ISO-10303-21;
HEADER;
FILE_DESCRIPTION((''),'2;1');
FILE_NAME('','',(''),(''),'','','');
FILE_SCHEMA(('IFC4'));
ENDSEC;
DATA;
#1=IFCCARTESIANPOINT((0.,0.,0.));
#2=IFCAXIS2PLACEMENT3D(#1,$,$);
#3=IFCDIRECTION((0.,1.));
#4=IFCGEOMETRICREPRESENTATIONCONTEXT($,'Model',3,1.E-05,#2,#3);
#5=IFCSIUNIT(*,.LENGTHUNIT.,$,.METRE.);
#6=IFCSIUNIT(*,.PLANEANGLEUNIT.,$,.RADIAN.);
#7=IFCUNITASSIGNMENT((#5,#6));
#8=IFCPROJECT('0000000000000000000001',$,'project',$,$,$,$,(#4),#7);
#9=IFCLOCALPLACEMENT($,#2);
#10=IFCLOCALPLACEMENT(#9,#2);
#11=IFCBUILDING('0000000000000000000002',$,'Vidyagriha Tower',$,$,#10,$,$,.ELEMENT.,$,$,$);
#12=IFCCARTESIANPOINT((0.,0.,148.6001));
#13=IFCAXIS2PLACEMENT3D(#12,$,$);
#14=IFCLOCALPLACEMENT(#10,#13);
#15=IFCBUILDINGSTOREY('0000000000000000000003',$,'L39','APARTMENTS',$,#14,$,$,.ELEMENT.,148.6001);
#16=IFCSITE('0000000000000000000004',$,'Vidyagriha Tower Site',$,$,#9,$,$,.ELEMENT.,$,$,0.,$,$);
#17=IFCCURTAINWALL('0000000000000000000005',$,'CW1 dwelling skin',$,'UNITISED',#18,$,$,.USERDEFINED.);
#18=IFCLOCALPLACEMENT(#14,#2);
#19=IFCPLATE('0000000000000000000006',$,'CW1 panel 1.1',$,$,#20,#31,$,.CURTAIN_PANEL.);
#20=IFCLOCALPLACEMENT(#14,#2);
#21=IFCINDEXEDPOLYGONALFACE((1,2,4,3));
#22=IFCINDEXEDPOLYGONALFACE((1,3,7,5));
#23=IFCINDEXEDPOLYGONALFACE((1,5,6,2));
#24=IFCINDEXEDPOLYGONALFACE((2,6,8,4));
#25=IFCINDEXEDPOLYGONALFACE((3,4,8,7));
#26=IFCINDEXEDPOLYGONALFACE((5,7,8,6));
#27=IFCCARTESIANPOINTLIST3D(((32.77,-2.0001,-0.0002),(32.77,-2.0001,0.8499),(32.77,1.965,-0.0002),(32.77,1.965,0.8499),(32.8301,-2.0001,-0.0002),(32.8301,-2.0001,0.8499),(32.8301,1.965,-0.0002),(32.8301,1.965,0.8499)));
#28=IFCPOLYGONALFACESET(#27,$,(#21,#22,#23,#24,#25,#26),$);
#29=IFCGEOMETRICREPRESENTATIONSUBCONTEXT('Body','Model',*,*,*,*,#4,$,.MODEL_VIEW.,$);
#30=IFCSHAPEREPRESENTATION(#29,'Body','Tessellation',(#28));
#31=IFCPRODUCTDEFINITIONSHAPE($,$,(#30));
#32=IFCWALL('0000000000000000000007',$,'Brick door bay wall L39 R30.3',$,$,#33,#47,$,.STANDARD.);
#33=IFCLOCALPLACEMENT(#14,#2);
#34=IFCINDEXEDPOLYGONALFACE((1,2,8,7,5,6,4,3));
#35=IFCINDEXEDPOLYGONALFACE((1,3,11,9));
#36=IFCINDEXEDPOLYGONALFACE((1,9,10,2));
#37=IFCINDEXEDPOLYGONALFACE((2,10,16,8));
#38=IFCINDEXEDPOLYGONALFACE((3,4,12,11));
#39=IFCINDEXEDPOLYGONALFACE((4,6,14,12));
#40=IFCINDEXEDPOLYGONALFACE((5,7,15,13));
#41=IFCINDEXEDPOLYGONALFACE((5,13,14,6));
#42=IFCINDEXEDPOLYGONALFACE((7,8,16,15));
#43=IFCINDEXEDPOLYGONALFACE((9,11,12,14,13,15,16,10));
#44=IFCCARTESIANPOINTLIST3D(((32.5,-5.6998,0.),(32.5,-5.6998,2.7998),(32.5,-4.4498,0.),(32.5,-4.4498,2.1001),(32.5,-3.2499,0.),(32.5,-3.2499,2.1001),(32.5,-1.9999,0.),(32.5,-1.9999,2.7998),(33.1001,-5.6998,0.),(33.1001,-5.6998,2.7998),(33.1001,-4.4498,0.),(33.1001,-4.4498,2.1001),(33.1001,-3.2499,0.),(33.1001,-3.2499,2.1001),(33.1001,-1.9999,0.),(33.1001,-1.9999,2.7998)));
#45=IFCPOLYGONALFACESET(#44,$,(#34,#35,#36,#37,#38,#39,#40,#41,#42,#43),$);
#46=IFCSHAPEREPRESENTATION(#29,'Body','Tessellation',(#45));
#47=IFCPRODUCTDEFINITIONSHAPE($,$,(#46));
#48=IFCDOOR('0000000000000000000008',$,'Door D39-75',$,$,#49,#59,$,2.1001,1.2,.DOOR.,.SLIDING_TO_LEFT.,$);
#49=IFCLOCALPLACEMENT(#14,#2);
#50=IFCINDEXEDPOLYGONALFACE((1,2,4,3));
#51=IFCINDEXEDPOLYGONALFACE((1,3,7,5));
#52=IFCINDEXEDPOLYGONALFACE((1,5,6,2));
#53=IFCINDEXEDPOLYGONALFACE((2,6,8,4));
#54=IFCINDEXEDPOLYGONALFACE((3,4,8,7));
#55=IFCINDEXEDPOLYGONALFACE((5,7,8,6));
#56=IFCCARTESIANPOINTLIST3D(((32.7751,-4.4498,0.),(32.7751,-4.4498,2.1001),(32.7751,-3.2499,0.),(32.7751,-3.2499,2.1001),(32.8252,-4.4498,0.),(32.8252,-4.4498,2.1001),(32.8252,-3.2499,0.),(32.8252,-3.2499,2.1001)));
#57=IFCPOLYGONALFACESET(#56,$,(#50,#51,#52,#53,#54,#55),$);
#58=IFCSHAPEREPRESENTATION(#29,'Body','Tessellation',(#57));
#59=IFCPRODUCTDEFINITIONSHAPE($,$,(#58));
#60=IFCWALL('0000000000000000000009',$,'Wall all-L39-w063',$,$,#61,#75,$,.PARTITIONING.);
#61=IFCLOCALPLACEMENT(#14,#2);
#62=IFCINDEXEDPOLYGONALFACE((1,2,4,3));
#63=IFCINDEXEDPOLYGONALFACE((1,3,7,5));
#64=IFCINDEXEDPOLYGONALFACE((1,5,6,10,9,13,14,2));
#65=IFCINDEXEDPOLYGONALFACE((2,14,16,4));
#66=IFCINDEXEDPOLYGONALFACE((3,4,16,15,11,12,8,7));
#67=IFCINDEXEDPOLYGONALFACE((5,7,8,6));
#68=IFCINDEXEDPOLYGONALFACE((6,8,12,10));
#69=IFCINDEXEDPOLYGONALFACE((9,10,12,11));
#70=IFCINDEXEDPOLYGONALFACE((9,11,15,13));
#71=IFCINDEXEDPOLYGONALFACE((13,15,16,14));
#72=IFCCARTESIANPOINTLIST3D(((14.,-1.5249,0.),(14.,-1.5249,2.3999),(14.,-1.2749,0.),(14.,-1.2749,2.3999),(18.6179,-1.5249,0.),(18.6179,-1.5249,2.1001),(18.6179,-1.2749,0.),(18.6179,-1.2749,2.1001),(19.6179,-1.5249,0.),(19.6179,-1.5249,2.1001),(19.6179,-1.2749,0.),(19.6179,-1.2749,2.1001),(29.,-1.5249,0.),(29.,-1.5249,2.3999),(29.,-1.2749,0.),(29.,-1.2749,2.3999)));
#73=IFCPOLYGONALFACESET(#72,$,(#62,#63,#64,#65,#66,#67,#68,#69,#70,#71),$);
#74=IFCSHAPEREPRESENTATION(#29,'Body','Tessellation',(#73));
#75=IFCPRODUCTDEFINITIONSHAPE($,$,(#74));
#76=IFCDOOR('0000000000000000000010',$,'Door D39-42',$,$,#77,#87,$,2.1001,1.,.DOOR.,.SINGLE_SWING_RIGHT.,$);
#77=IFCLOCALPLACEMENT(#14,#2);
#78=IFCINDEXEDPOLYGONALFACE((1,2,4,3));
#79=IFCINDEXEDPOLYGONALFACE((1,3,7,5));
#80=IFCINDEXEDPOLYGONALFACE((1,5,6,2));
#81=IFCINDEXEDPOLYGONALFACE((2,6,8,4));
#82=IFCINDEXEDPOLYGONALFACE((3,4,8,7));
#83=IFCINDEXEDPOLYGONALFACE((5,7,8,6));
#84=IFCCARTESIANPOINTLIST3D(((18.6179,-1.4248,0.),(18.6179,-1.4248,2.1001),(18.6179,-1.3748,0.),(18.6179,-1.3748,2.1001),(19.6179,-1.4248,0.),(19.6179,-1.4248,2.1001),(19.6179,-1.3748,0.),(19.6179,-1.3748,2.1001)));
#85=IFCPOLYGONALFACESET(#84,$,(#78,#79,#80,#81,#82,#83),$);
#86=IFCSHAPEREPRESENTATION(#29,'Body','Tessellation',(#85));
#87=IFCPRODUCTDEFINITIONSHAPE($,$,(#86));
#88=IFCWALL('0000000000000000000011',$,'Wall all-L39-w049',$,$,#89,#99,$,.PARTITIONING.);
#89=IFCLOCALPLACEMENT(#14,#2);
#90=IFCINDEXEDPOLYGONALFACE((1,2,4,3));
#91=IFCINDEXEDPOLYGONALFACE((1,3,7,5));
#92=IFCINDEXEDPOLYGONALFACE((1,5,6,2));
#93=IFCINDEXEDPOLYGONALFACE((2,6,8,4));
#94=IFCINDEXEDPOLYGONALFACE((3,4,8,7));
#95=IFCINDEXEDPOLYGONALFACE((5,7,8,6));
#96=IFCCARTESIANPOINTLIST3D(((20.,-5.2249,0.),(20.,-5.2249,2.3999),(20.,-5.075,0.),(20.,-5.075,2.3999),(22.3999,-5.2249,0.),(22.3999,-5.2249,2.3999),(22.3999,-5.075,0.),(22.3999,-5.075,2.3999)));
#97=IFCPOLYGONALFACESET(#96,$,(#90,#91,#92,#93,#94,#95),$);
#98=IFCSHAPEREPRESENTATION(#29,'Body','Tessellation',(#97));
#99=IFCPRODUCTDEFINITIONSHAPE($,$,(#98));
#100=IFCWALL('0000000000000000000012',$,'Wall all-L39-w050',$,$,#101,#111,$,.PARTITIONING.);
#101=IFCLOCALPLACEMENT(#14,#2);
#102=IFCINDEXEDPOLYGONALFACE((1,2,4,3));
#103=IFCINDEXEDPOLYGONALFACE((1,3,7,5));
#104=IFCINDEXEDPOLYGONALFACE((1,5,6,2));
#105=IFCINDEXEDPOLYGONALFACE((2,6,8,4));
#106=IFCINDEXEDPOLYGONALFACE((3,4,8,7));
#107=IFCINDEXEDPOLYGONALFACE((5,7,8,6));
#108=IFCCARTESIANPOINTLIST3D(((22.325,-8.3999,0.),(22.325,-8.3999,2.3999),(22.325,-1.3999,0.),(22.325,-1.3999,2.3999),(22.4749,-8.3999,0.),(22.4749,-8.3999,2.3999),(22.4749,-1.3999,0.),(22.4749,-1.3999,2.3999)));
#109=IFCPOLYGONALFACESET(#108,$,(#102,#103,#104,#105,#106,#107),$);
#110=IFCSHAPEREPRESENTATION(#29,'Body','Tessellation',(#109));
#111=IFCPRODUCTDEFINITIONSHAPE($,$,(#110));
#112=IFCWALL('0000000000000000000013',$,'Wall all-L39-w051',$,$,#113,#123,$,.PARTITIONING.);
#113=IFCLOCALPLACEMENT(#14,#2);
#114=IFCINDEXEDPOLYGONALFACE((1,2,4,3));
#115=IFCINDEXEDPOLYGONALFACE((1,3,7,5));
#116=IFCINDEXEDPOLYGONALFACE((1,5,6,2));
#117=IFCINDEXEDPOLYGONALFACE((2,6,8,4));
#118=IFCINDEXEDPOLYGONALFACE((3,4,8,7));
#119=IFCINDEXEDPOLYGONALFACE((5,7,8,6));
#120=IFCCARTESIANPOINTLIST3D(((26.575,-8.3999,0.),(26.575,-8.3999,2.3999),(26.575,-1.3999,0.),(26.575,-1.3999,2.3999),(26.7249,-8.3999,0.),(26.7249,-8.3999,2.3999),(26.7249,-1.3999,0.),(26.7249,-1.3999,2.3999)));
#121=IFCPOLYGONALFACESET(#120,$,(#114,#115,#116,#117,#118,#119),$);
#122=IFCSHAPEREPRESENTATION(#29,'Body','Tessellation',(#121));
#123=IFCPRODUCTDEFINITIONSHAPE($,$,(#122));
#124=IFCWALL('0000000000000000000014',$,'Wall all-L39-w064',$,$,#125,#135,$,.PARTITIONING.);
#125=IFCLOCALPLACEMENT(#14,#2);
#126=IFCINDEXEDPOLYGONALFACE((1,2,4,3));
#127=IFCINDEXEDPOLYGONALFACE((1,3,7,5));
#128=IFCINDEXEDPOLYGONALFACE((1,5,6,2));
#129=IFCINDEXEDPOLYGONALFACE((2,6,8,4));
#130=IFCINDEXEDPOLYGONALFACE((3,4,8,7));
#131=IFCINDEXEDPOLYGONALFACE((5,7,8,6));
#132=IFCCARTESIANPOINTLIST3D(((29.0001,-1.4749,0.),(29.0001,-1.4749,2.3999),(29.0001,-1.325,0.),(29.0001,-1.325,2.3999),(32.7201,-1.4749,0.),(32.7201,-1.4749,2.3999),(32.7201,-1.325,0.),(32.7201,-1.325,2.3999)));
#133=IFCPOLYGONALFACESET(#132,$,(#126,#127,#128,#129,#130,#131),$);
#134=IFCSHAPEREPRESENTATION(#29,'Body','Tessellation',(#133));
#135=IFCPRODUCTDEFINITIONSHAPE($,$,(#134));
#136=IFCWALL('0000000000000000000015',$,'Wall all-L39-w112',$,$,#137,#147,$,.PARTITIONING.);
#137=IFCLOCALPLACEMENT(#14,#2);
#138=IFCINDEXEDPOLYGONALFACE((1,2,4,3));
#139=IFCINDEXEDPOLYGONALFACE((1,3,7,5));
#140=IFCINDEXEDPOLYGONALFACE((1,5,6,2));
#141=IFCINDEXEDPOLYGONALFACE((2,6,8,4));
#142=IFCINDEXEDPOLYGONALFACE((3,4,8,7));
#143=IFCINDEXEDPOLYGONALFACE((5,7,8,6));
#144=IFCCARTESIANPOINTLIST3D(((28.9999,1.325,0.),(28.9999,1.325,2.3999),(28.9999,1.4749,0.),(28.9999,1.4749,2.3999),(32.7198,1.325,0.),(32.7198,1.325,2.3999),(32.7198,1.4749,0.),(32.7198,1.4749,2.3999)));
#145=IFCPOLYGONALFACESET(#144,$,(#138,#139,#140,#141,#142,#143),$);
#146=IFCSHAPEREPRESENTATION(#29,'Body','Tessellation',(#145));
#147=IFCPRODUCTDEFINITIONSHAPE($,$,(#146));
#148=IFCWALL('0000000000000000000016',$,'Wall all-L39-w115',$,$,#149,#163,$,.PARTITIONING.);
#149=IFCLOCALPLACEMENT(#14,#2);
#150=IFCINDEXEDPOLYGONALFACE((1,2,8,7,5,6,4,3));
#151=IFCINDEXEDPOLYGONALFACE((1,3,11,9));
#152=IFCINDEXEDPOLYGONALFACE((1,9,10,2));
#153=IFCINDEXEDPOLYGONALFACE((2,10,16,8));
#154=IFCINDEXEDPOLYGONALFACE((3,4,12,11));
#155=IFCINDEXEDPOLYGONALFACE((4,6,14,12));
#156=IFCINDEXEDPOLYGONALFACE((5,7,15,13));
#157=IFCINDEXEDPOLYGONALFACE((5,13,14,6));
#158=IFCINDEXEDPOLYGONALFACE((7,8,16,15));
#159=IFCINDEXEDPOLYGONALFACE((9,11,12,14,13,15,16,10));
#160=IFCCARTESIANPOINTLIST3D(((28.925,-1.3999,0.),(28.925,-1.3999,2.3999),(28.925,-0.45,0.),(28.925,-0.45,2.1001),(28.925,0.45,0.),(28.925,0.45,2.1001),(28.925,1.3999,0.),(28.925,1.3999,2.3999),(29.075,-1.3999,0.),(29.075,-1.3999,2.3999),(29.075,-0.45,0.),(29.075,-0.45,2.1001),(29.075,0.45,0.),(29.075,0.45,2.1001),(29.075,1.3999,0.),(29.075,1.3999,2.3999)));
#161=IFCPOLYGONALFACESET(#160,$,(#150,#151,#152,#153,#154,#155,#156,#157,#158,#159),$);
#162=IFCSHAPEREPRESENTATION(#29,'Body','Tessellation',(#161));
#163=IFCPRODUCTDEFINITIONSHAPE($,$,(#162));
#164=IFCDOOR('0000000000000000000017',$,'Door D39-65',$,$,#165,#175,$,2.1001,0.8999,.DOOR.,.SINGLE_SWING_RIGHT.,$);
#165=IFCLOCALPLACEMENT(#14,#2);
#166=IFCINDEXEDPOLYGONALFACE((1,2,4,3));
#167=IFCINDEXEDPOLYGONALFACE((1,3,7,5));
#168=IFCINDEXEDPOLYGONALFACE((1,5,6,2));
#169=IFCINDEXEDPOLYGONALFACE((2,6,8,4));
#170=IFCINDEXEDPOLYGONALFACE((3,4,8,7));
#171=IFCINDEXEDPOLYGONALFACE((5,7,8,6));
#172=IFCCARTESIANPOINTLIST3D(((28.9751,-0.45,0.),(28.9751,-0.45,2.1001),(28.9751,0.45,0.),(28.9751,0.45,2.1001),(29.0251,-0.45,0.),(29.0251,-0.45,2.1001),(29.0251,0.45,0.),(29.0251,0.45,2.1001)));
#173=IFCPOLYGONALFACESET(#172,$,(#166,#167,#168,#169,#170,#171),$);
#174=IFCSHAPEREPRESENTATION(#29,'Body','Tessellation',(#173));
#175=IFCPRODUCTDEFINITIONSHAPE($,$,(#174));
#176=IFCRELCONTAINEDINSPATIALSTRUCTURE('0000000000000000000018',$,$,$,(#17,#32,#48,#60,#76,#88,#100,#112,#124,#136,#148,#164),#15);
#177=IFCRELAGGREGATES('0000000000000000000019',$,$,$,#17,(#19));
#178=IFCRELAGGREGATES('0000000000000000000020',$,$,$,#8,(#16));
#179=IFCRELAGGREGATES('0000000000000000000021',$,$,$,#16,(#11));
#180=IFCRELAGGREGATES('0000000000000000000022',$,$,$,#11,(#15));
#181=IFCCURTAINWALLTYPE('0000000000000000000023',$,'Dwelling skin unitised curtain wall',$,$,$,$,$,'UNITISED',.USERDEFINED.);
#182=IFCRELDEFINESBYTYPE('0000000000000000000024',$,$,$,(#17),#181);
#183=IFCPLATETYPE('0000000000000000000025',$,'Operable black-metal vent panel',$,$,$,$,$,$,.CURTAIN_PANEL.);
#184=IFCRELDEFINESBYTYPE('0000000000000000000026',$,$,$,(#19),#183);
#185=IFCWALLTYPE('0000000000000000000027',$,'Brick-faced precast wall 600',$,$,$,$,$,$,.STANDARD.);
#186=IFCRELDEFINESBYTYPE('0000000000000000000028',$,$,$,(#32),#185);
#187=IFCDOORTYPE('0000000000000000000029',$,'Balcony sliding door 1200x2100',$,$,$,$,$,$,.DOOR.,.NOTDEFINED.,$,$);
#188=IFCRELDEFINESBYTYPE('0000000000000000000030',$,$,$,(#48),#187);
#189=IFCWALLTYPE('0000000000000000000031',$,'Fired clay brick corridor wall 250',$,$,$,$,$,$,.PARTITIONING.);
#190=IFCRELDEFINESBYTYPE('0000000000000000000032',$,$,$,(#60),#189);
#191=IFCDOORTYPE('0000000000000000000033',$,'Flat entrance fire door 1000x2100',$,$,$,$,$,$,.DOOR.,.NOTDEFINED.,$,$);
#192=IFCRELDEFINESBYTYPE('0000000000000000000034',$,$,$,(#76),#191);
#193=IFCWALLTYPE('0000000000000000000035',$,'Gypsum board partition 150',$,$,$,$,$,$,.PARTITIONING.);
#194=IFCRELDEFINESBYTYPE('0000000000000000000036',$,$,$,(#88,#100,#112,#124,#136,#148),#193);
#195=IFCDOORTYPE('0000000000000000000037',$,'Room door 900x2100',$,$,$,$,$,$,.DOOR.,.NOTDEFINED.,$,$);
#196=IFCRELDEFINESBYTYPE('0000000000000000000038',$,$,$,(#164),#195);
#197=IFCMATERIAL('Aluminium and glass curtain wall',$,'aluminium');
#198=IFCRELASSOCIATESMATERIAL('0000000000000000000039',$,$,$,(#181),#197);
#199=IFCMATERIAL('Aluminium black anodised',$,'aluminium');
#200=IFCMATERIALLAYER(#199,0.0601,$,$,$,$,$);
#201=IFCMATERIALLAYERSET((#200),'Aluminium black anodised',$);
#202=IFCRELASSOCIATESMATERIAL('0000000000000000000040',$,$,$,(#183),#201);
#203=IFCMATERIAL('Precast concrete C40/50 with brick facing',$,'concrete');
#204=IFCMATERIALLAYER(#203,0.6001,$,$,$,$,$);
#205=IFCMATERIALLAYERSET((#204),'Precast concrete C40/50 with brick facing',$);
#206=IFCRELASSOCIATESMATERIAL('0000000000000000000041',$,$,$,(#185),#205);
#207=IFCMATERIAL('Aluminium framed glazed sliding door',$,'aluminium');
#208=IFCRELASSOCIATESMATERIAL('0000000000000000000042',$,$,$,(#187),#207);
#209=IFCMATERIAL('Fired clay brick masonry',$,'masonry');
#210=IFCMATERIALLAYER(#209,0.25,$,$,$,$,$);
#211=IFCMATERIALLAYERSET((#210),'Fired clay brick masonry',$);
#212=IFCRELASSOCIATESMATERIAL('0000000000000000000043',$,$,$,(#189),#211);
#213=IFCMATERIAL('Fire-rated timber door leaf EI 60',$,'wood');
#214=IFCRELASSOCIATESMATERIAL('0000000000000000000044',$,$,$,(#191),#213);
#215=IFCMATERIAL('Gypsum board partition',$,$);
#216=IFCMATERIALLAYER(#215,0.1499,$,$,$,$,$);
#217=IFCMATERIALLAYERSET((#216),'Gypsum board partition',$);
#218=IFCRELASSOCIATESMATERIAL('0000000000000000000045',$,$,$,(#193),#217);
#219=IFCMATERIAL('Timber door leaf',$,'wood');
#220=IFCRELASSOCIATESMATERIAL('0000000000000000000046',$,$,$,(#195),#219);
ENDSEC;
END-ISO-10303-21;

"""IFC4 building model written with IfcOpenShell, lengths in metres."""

from ifc_helpers import new_model, si_unit, direction, frame, frame_2d, origin, origin_2d, place, context, subcontext, project, spatial, rectangle, extrude, material, layer, layer_set, type_object, element, fill, aggregate, save


model = new_model("IFC4")

# Units and contexts
model_context = context("Model", 3, precision=1e-05, world=origin(), true_north=direction((0.0, 1.0)))
body_context = subcontext(model_context, "Body", "Model", "MODEL_VIEW")
ifc_project = project(units=[si_unit("LENGTHUNIT", "METRE"), si_unit("PLANEANGLEUNIT", "RADIAN")], contexts=[model_context])

# Site, building, storey
site_placement = place(None, origin())
site = spatial("IfcSite", under=ifc_project, at=site_placement, Name="Vidyagriha Tower Site", CompositionType="ELEMENT", RefElevation=0.0)
building_placement = place(site_placement, origin())
building = spatial("IfcBuilding", under=site, at=building_placement, Name="Vidyagriha Tower", CompositionType="ELEMENT")
storey_placement = place(building_placement, frame((0.0, 0.0, 148.6001)))
storey = spatial("IfcBuildingStorey", under=building, at=storey_placement, Name="L39", Description="APARTMENTS", CompositionType="ELEMENT", Elevation=148.6001)

# Shared definitions
ifc_material_1 = material(Name="Aluminium and glass curtain wall", Category="aluminium")
curtain_wall_type = type_object("IfcCurtainWallType", Name="Dwelling skin unitised curtain wall", ElementType="UNITISED", PredefinedType="USERDEFINED", material=ifc_material_1)

# Curtain wall
curtain_wall_1_placement = place(storey_placement, origin())
curtain_wall_1 = element("IfcCurtainWall", 1, at=curtain_wall_1_placement, inside=storey, type_object=curtain_wall_type, Name="CW1 dwelling skin", ObjectType="UNITISED", PredefinedType="USERDEFINED")

# Plate
ifc_material_2 = material(Name="Aluminium black anodised", Category="aluminium")
ifc_layer_1 = layer(ifc_material_2, 0.0601)
ifc_layer_set_1 = layer_set([ifc_layer_1], Name="Aluminium black anodised")
plate_type_1 = type_object("IfcPlateType", Name="Operable black-metal vent panel", PredefinedType="CURTAIN_PANEL", material=ifc_layer_set_1)
plate_1_placement = place(storey_placement, frame((32.8, -0.0176, -0.0002), z_axis=(0.0, 0.0, 1.0), x_axis=(0.0, 1.0, 0.0)))
plate_1 = element("IfcPlate", 2, at=plate_1_placement, type_object=plate_type_1, Name="CW1 panel 1.1", PredefinedType="CURTAIN_PANEL", context=body_context, shape_type="SweptSolid", body=[
    extrude(rectangle(XDim=3.9651, YDim=0.0601, at=origin_2d()), origin(), (0.0, 0.0, 1.0), 0.8501),
])
aggregate(curtain_wall_1, [plate_1])

# Walls, openings, doors
ifc_material_3 = material(Name="Precast concrete C40/50 with brick facing", Category="concrete")
ifc_layer_2 = layer(ifc_material_3, 0.6001)
ifc_layer_set_2 = layer_set([ifc_layer_2], Name="Precast concrete C40/50 with brick facing")
wall_type_1 = type_object("IfcWallType", Name="Brick-faced precast wall 600", PredefinedType="STANDARD", material=ifc_layer_set_2)
wall_1_placement = place(storey_placement, frame((32.8, -5.7, 0.0), z_axis=(0.0, 0.0, 1.0), x_axis=(0.0, 1.0, 0.0)))
wall_1 = element("IfcWall", 3, at=wall_1_placement, inside=storey, type_object=wall_type_1, Name="Brick door bay wall L39 R30.3", PredefinedType="STANDARD", context=body_context, shape_type="SweptSolid", body=[
    extrude(rectangle(XDim=3.7, YDim=0.6001, at=frame_2d((1.8501, 0.0))), origin(), (0.0, 0.0, 1.0), 2.7998),
])
opening_1_placement = place(wall_1_placement, frame((1.25, 0.0, 0.0)))
opening_1 = element("IfcOpeningElement", 4, at=opening_1_placement, cuts=wall_1, PredefinedType="OPENING", context=body_context, shape_type="SweptSolid", body=[
    extrude(rectangle(XDim=1.2, YDim=2.1001, at=frame_2d((0.6001, 1.05))), frame((0.0, 0.3101, 0.0), z_axis=(0.0, -1.0, 0.0), x_axis=(1.0, 0.0, 0.0)), (0.0, 0.0, 1.0), 0.6201),
])
ifc_material_4 = material(Name="Aluminium framed glazed sliding door", Category="aluminium")
door_type_1 = type_object("IfcDoorType", Name="Balcony sliding door 1200x2100", OperationType="NOTDEFINED", PredefinedType="DOOR", material=ifc_material_4)
door_1_placement = place(opening_1_placement, origin())
door_1 = element("IfcDoor", 5, at=door_1_placement, inside=storey, type_object=door_type_1, Name="Door D39-75", OperationType="SLIDING_TO_LEFT", OverallHeight=2.1001, OverallWidth=1.2, PredefinedType="DOOR", context=body_context, shape_type="SweptSolid", body=[
    extrude(rectangle(XDim=1.2, YDim=2.1001, at=frame_2d((0.6001, 1.05))), frame((0.0, 0.0249, 0.0), z_axis=(0.0, -1.0, 0.0), x_axis=(1.0, 0.0, 0.0)), (0.0, 0.0, 1.0), 0.05),
])
fill(opening_1, door_1)
ifc_material_5 = material(Name="Fired clay brick masonry", Category="masonry")
ifc_layer_3 = layer(ifc_material_5, 0.25)
ifc_layer_set_3 = layer_set([ifc_layer_3], Name="Fired clay brick masonry")
wall_type_2 = type_object("IfcWallType", Name="Fired clay brick corridor wall 250", PredefinedType="PARTITIONING", material=ifc_layer_set_3)
wall_2_placement = place(storey_placement, frame((29.0, -1.3999, 0.0), z_axis=(0.0, 0.0, 1.0), x_axis=(-1.0, 0.0, 0.0)))
wall_2 = element("IfcWall", 6, at=wall_2_placement, inside=storey, type_object=wall_type_2, Name="Wall all-L39-w063", PredefinedType="PARTITIONING", context=body_context, shape_type="SweptSolid", body=[
    extrude(rectangle(XDim=15.0, YDim=0.25, at=frame_2d((7.5, 0.0))), origin(), (0.0, 0.0, 1.0), 2.3999),
])
opening_2_placement = place(wall_2_placement, frame((9.3821, 0.0, 0.0)))
opening_2 = element("IfcOpeningElement", 7, at=opening_2_placement, cuts=wall_2, PredefinedType="OPENING", context=body_context, shape_type="SweptSolid", body=[
    extrude(rectangle(XDim=1.0, YDim=2.1001, at=frame_2d((0.5, 1.05))), frame((0.0, 0.135, 0.0), z_axis=(0.0, -1.0, 0.0), x_axis=(1.0, 0.0, 0.0)), (0.0, 0.0, 1.0), 0.27),
])
ifc_material_6 = material(Name="Fire-rated timber door leaf EI 60", Category="wood")
door_type_2 = type_object("IfcDoorType", Name="Flat entrance fire door 1000x2100", OperationType="NOTDEFINED", PredefinedType="DOOR", material=ifc_material_6)
door_2_placement = place(opening_2_placement, origin())
door_2 = element("IfcDoor", 8, at=door_2_placement, inside=storey, type_object=door_type_2, Name="Door D39-42", OperationType="SINGLE_SWING_RIGHT", OverallHeight=2.1001, OverallWidth=1.0, PredefinedType="DOOR", context=body_context, shape_type="SweptSolid", body=[
    extrude(rectangle(XDim=1.0, YDim=2.1001, at=frame_2d((0.5, 1.05))), frame((0.0, 0.0249, 0.0), z_axis=(0.0, -1.0, 0.0), x_axis=(1.0, 0.0, 0.0)), (0.0, 0.0, 1.0), 0.05),
])
fill(opening_2, door_2)

# Walls
ifc_material_7 = material(Name="Gypsum board partition")
ifc_layer_4 = layer(ifc_material_7, 0.1499)
ifc_layer_set_4 = layer_set([ifc_layer_4], Name="Gypsum board partition")
wall_type_3 = type_object("IfcWallType", Name="Gypsum board partition 150", PredefinedType="PARTITIONING", material=ifc_layer_set_4)
wall_3_placement = place(storey_placement, frame((22.3999, -5.1499, 0.0), z_axis=(0.0, 0.0, 1.0), x_axis=(-1.0, 0.0, 0.0)))
element("IfcWall", 9, at=wall_3_placement, inside=storey, type_object=wall_type_3, Name="Wall all-L39-w049", PredefinedType="PARTITIONING", context=body_context, shape_type="SweptSolid", body=[
    extrude(rectangle(XDim=2.3999, YDim=0.1499, at=frame_2d((1.2, 0.0))), origin(), (0.0, 0.0, 1.0), 2.3999),
])
for number, where, z_axis, x_axis, name in (
    (10, (22.3999, -1.3999, 0.0), (0.0, 0.0, 1.0), (0.0, -1.0, 0.0), "Wall all-L39-w050"),
    (11, (26.6499, -1.3999, 0.0), (0.0, 0.0, 1.0), (0.0, -1.0, 0.0), "Wall all-L39-w051"),
):
    element("IfcWall", number, at=place(storey_placement, frame(where, z_axis=z_axis, x_axis=x_axis)), inside=storey, type_object=wall_type_3, Name=name, PredefinedType="PARTITIONING", context=body_context, shape_type="SweptSolid", body=[
        extrude(rectangle(XDim=7.0, YDim=0.1499, at=frame_2d((3.5, 0.0))), origin(), (0.0, 0.0, 1.0), 2.3999),
    ])
wall_4_placement = place(storey_placement, frame((32.72, -1.3999, 0.0), z_axis=(0.0, 0.0, 1.0), x_axis=(-1.0, 0.0, 0.0)))
element("IfcWall", 12, at=wall_4_placement, inside=storey, type_object=wall_type_3, Name="Wall all-L39-w064", PredefinedType="PARTITIONING", context=body_context, shape_type="SweptSolid", body=[
    extrude(rectangle(XDim=3.72, YDim=0.1499, at=frame_2d((1.8599, 0.0))), origin(), (0.0, 0.0, 1.0), 2.3999),
])
wall_5_placement = place(storey_placement, frame((29.0, 1.3999, 0.0)))
element("IfcWall", 13, at=wall_5_placement, inside=storey, type_object=wall_type_3, Name="Wall all-L39-w112", PredefinedType="PARTITIONING", context=body_context, shape_type="SweptSolid", body=[
    extrude(rectangle(XDim=3.72, YDim=0.1499, at=frame_2d((1.8599, 0.0))), origin(), (0.0, 0.0, 1.0), 2.3999),
])

# Wall, opening, door
wall_6_placement = place(storey_placement, frame((29.0, -1.3999, 0.0), z_axis=(0.0, 0.0, 1.0), x_axis=(0.0, 1.0, 0.0)))
wall_6 = element("IfcWall", 14, at=wall_6_placement, inside=storey, type_object=wall_type_3, Name="Wall all-L39-w115", PredefinedType="PARTITIONING", context=body_context, shape_type="SweptSolid", body=[
    extrude(rectangle(XDim=2.7998, YDim=0.1499, at=frame_2d((1.3999, 0.0))), origin(), (0.0, 0.0, 1.0), 2.3999),
])
opening_3_placement = place(wall_6_placement, frame((0.95, 0.0, 0.0)))
opening_3 = element("IfcOpeningElement", 15, at=opening_3_placement, cuts=wall_6, PredefinedType="OPENING", context=body_context, shape_type="SweptSolid", body=[
    extrude(rectangle(XDim=0.8999, YDim=2.1001, at=frame_2d((0.45, 1.05))), frame((0.0, 0.085, 0.0), z_axis=(0.0, -1.0, 0.0), x_axis=(1.0, 0.0, 0.0)), (0.0, 0.0, 1.0), 0.1699),
])
ifc_material_8 = material(Name="Timber door leaf", Category="wood")
door_type_3 = type_object("IfcDoorType", Name="Room door 900x2100", OperationType="NOTDEFINED", PredefinedType="DOOR", material=ifc_material_8)
door_3_placement = place(opening_3_placement, origin())
door_3 = element("IfcDoor", 16, at=door_3_placement, inside=storey, type_object=door_type_3, Name="Door D39-65", OperationType="SINGLE_SWING_RIGHT", OverallHeight=2.1001, OverallWidth=0.8999, PredefinedType="DOOR", context=body_context, shape_type="SweptSolid", body=[
    extrude(rectangle(XDim=0.8999, YDim=2.1001, at=frame_2d((0.45, 1.05))), frame((0.0, 0.0249, 0.0), z_axis=(0.0, -1.0, 0.0), x_axis=(1.0, 0.0, 0.0)), (0.0, 0.0, 1.0), 0.05),
])
fill(opening_3, door_3)

save(model, "model.ifc")
